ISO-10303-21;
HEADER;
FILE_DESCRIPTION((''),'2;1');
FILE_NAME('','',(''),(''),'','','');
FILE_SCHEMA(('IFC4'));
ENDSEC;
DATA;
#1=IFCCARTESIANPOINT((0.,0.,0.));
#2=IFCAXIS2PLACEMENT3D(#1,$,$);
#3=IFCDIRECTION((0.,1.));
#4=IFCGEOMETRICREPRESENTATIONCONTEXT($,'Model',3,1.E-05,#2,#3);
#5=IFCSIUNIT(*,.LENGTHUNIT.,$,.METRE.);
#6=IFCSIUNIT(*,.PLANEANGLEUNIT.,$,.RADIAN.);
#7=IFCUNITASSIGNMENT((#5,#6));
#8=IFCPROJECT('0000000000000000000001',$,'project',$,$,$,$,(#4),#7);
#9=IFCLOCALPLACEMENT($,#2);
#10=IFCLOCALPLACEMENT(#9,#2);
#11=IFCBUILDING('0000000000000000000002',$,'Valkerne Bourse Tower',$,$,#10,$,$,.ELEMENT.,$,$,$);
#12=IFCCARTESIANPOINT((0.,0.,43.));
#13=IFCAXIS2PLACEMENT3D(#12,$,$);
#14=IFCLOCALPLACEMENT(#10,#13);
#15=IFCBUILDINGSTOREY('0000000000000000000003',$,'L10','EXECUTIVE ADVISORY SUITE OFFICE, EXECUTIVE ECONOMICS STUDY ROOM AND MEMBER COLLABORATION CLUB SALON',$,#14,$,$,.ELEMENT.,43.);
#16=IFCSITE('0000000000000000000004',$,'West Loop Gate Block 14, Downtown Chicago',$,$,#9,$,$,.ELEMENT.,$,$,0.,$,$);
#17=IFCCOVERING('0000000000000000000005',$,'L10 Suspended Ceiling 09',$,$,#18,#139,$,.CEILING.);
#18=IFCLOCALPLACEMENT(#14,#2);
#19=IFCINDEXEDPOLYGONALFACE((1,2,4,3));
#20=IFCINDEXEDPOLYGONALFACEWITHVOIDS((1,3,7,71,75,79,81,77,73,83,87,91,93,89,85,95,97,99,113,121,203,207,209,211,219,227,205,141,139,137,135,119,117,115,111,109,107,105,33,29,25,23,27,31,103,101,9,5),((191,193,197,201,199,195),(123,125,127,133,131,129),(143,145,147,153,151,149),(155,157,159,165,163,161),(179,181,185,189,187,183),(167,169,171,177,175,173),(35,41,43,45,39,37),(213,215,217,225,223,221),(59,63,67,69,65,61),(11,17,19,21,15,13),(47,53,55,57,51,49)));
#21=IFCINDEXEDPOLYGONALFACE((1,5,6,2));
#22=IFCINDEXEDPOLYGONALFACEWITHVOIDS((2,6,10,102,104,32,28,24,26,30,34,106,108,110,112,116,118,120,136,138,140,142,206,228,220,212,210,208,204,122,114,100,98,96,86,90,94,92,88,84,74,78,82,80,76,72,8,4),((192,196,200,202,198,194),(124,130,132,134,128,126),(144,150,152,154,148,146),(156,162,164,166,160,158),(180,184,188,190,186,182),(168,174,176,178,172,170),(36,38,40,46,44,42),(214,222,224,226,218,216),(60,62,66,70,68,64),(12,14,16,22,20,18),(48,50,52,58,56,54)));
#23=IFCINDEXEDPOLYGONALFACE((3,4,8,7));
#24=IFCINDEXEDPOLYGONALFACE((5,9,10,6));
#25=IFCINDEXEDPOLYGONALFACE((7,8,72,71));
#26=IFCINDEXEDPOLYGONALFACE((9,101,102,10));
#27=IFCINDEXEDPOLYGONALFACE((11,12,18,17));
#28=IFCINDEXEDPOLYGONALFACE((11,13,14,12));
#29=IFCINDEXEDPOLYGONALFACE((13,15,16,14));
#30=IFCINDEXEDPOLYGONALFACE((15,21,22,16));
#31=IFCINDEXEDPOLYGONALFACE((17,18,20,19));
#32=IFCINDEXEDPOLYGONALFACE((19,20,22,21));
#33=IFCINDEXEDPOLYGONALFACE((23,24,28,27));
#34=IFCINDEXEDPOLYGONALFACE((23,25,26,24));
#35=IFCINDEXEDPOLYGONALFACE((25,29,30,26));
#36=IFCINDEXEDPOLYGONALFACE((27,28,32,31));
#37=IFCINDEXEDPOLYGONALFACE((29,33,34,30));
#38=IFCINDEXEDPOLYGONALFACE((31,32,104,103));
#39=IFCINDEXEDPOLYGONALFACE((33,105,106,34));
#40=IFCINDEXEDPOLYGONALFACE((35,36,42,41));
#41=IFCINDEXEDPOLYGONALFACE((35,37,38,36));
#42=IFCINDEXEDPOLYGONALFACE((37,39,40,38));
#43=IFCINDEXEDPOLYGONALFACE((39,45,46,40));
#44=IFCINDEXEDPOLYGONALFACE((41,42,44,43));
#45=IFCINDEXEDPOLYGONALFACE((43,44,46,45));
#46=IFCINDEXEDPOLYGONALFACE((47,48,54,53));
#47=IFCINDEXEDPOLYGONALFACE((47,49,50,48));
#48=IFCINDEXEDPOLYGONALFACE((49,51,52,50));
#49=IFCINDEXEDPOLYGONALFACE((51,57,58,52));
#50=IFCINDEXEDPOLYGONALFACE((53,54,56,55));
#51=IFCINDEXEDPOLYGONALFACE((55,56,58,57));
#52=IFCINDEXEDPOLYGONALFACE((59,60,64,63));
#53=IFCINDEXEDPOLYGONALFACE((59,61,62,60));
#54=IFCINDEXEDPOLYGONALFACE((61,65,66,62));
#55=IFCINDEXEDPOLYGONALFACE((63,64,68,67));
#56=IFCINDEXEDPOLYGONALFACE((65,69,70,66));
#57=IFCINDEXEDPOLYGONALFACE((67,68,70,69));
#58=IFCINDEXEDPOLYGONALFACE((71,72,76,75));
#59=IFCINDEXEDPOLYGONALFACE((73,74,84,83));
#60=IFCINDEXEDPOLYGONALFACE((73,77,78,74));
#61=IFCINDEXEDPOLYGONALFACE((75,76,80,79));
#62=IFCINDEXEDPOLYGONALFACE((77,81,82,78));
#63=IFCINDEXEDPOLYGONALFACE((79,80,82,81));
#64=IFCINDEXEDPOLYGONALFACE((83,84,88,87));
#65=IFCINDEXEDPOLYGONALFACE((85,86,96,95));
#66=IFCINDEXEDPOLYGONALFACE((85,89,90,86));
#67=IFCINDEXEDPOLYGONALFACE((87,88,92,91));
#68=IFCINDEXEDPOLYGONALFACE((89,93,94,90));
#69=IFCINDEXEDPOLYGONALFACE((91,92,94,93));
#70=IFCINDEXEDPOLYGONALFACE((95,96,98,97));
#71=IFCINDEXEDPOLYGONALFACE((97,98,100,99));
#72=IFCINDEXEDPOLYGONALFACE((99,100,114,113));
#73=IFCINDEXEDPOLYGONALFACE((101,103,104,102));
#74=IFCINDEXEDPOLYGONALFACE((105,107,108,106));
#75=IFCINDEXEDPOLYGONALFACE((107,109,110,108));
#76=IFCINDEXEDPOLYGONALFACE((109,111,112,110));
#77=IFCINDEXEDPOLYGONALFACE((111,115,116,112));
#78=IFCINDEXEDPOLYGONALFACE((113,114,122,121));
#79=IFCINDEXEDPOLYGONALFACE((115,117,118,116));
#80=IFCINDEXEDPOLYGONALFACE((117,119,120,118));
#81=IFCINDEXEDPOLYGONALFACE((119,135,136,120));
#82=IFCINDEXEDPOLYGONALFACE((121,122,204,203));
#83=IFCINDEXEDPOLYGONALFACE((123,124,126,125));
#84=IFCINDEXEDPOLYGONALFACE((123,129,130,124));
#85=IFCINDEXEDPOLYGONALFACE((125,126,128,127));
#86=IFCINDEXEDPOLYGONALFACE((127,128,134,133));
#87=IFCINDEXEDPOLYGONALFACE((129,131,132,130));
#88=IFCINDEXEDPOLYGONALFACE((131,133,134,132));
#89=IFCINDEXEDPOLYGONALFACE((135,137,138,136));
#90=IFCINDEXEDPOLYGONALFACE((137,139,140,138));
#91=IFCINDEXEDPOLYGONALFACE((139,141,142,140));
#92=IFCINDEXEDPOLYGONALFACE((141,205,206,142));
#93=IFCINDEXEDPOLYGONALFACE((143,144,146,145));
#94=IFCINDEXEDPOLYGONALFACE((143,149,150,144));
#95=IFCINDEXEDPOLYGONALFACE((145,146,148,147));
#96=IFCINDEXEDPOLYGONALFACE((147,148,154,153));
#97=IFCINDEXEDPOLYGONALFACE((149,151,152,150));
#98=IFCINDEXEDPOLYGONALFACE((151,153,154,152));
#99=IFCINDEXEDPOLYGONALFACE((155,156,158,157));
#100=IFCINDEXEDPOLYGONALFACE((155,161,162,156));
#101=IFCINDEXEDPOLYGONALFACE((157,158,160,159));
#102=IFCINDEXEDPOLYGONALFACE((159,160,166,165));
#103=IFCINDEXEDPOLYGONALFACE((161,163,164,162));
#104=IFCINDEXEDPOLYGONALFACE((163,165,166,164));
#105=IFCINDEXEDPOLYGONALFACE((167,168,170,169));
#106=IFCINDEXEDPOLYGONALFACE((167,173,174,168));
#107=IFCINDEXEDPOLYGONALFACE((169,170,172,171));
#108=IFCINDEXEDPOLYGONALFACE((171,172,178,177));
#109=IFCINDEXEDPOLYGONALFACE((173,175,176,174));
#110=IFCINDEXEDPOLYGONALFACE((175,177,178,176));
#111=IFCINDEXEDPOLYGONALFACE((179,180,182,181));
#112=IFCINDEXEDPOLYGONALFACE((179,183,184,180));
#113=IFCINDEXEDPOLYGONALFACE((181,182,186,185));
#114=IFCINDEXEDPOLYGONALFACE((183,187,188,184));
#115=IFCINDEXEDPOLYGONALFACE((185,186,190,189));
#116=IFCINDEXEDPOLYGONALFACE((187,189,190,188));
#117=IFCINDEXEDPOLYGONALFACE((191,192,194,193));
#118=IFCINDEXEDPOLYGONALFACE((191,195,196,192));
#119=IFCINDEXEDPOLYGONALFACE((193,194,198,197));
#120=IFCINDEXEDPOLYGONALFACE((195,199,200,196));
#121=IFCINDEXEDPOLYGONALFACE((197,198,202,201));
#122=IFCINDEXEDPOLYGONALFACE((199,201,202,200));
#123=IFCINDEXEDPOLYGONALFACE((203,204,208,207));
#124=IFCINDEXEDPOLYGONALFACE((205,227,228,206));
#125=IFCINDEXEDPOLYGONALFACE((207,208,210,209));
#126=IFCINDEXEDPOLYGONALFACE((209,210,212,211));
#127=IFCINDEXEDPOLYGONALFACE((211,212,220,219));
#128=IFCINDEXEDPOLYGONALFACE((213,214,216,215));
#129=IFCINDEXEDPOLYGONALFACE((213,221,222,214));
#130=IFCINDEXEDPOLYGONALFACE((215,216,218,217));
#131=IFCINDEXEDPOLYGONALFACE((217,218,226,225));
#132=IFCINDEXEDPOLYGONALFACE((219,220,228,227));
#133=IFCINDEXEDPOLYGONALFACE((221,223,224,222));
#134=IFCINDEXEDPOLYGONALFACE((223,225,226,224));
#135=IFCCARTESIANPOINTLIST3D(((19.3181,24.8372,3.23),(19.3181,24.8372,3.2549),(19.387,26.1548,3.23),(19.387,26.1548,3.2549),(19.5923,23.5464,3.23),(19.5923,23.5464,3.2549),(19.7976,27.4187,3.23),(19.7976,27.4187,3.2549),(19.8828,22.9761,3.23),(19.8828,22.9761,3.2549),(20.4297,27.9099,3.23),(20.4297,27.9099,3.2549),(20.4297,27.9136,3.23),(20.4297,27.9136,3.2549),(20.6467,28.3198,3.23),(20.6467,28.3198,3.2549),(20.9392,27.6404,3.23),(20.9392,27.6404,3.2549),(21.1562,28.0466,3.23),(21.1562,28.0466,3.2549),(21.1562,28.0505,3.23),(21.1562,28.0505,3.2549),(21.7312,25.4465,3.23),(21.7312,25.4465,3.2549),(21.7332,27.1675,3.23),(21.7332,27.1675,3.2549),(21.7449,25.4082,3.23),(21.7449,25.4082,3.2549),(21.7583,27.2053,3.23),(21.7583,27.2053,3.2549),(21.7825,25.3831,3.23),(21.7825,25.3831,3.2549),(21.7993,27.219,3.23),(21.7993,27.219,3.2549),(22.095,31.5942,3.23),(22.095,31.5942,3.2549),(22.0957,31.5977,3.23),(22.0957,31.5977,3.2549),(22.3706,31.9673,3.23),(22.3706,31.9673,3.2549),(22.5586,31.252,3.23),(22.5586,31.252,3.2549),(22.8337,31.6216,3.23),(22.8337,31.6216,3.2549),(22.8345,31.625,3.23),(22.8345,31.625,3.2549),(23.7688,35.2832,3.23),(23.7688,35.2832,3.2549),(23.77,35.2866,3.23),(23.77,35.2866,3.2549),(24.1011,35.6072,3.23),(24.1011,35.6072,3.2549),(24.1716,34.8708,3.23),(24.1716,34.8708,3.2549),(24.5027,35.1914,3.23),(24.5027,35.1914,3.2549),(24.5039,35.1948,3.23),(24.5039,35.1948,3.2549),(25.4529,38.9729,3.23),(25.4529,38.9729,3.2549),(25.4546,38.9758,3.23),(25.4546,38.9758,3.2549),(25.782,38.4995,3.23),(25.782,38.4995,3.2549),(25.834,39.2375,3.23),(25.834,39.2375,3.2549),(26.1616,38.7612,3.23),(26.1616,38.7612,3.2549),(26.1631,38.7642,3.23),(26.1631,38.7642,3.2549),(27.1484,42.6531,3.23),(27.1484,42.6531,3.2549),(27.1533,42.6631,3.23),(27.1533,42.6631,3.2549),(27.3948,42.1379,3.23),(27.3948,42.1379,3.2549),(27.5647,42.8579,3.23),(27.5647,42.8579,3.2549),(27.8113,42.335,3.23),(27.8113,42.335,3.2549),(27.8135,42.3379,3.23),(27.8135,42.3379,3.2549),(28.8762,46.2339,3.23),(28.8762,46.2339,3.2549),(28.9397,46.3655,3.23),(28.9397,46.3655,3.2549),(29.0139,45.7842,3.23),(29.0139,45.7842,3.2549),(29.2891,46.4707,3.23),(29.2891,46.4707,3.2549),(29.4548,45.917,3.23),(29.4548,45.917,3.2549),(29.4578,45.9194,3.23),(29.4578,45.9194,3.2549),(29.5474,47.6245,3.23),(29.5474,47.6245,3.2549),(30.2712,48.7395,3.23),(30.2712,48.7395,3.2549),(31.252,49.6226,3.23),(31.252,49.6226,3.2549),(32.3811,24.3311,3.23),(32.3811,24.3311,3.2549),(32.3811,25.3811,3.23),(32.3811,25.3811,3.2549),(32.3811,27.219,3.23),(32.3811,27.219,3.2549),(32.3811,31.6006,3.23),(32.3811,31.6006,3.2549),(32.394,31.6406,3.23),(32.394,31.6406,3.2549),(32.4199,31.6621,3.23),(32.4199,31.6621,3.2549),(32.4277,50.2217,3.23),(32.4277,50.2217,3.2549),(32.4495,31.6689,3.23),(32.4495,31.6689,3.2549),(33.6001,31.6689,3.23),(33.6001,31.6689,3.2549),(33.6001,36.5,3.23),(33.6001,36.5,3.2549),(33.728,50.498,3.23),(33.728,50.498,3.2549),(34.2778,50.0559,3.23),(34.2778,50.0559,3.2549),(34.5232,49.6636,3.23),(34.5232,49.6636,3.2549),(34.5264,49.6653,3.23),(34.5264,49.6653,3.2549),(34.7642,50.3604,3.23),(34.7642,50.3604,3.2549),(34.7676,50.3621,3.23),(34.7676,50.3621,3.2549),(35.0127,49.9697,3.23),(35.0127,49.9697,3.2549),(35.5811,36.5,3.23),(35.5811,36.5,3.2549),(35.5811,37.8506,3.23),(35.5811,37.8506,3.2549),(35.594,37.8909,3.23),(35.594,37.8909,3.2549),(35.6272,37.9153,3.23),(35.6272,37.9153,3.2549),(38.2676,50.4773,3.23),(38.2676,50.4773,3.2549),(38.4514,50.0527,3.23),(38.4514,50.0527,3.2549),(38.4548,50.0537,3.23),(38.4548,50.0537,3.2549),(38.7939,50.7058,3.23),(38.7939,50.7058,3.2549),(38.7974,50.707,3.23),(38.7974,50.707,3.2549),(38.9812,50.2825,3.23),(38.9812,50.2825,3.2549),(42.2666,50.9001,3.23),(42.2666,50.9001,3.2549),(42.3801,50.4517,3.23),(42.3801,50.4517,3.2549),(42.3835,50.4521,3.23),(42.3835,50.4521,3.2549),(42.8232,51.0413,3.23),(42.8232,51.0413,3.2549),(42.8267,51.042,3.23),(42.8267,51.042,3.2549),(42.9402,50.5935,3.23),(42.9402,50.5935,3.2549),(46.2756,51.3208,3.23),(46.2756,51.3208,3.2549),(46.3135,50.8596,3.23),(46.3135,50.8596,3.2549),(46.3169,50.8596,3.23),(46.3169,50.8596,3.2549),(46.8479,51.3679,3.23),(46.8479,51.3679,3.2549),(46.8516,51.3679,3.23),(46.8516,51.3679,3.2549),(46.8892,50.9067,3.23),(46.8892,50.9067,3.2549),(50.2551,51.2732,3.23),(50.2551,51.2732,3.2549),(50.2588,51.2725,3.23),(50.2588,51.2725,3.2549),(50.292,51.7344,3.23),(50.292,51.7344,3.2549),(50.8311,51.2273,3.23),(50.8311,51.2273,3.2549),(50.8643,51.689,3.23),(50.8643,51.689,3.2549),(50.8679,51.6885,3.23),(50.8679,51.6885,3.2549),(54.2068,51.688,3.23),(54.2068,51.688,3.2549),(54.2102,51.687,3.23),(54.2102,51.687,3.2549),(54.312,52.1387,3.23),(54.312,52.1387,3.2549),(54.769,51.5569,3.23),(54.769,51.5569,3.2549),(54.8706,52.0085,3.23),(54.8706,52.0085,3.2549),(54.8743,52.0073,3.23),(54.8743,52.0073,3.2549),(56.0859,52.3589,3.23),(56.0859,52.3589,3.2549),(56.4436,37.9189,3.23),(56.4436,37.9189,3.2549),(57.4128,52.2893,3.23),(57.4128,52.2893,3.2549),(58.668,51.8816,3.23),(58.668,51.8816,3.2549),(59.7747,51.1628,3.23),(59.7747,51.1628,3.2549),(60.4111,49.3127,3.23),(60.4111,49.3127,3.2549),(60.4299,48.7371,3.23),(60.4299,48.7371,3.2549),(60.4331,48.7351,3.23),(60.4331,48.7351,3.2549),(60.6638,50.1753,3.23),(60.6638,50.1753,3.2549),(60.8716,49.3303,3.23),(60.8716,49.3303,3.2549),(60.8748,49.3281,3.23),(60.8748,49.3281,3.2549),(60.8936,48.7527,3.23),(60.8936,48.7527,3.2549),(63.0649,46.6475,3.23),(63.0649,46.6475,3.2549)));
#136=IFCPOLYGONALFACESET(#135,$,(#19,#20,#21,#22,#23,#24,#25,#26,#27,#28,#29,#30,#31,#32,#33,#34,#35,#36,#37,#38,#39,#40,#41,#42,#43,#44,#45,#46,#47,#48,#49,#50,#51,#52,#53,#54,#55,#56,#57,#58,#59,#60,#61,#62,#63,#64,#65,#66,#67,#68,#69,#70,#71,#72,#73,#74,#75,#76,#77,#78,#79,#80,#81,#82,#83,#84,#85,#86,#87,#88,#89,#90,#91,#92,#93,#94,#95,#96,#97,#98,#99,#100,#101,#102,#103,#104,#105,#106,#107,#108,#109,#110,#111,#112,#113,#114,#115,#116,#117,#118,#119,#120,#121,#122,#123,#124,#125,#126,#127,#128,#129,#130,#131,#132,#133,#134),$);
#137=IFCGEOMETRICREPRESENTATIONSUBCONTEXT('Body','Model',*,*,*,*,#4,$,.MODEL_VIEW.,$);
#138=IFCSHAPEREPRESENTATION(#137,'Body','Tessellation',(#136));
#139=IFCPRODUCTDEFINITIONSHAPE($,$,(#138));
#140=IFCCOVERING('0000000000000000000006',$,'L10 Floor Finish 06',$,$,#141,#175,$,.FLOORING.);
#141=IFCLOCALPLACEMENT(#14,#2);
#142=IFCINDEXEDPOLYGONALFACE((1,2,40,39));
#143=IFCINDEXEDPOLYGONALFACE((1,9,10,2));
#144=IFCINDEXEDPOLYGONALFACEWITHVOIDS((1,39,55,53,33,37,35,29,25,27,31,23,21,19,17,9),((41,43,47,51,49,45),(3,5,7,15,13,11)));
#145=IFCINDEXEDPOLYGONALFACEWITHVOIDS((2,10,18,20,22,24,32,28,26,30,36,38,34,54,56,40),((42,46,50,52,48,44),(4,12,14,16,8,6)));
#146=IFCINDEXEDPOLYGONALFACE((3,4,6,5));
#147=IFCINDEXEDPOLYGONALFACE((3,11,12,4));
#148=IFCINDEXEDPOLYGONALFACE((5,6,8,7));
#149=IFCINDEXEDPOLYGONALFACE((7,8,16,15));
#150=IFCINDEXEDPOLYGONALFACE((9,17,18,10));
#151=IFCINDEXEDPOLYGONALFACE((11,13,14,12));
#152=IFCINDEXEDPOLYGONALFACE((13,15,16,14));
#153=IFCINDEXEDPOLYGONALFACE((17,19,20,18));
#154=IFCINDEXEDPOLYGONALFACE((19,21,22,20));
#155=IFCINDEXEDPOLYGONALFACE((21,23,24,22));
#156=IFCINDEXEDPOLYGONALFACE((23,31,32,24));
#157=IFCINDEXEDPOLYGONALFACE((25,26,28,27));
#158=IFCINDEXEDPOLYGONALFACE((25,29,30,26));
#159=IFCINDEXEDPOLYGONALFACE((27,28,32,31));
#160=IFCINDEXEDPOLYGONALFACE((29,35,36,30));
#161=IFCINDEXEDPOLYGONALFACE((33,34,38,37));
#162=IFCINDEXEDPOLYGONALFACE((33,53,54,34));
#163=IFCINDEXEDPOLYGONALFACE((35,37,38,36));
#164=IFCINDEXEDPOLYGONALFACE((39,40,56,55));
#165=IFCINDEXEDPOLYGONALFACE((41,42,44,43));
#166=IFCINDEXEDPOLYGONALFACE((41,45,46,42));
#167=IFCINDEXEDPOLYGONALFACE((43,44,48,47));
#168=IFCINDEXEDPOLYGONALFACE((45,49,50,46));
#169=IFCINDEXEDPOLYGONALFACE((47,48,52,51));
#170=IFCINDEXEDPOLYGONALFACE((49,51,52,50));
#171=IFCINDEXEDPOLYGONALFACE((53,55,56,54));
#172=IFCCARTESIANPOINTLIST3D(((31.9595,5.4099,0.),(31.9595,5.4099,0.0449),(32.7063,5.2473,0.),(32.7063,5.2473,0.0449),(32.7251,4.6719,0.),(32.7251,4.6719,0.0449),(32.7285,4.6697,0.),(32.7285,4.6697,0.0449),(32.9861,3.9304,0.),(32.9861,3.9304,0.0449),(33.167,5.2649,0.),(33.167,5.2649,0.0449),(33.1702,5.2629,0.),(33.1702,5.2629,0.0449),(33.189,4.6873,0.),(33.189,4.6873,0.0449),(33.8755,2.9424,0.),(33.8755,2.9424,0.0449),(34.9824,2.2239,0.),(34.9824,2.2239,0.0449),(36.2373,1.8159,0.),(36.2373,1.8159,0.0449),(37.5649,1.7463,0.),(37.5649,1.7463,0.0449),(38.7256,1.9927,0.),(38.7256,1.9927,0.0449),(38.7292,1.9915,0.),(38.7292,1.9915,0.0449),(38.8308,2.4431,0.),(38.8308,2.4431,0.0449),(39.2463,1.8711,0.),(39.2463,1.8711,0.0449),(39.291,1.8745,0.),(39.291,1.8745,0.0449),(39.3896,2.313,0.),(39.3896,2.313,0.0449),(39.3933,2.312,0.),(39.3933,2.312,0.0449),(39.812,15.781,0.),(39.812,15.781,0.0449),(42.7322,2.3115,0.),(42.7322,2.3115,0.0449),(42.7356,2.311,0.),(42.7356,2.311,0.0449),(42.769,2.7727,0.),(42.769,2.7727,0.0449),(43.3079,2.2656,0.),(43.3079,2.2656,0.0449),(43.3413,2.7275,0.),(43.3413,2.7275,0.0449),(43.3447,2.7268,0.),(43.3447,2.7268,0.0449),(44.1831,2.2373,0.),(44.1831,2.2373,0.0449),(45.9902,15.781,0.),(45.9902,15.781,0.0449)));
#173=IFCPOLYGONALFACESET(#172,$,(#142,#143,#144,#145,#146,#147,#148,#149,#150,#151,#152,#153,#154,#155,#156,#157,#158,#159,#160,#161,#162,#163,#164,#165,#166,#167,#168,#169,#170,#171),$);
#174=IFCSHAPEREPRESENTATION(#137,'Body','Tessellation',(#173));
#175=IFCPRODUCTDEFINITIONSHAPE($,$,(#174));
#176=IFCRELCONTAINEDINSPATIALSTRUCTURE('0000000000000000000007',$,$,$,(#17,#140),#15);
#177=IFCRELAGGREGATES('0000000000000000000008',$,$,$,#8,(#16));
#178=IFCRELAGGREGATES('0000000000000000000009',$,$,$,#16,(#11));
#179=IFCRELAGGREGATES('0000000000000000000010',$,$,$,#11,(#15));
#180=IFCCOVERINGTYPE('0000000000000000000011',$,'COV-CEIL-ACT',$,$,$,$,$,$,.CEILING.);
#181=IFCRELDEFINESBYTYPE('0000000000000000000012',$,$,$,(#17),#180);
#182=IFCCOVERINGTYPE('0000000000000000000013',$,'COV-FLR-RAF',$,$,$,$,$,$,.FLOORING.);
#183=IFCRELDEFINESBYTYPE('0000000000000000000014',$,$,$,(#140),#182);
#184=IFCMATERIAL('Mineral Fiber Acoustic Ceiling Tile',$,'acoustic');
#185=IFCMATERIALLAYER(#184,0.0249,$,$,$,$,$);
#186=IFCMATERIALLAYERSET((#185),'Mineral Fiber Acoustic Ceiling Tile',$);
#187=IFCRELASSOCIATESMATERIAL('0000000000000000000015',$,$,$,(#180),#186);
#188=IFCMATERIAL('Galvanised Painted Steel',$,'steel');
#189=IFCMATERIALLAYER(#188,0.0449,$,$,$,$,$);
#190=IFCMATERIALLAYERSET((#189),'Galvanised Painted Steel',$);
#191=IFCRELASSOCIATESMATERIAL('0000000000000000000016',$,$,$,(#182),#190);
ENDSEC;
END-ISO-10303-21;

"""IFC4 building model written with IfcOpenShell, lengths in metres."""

from ifc_helpers import new_model, si_unit, direction, frame, origin, place, context, subcontext, project, spatial, polyline, outline, extrude, material, layer, layer_set, type_object, element, save


model = new_model("IFC4")

# Units and contexts
model_context = context("Model", 3, precision=1e-05, world=origin(), true_north=direction((0.0, 1.0)))
body_context = subcontext(model_context, "Body", "Model", "MODEL_VIEW")
ifc_project = project(units=[si_unit("LENGTHUNIT", "METRE"), si_unit("PLANEANGLEUNIT", "RADIAN")], contexts=[model_context])

# Site, building, storey
site_placement = place(None, origin())
site = spatial("IfcSite", under=ifc_project, at=site_placement, Name="West Loop Gate Block 14, Downtown Chicago", CompositionType="ELEMENT", RefElevation=0.0)
building_placement = place(site_placement, origin())
building = spatial("IfcBuilding", under=site, at=building_placement, Name="Valkerne Bourse Tower", CompositionType="ELEMENT")
storey_placement = place(building_placement, frame((0.0, 0.0, 43.0)))
storey = spatial("IfcBuildingStorey", under=building, at=storey_placement, Name="L10", Description="EXECUTIVE ADVISORY SUITE OFFICE, EXECUTIVE ECONOMICS STUDY ROOM AND MEMBER COLLABORATION CLUB SALON", CompositionType="ELEMENT", Elevation=43.0)

# Coverings
ifc_material_1 = material(Name="Mineral Fiber Acoustic Ceiling Tile", Category="acoustic")
ifc_layer_1 = layer(ifc_material_1, 0.0249)
ifc_layer_set_1 = layer_set([ifc_layer_1], Name="Mineral Fiber Acoustic Ceiling Tile")
covering_type_1 = type_object("IfcCoveringType", Name="COV-CEIL-ACT", PredefinedType="CEILING", material=ifc_layer_set_1)
covering_1_placement = place(storey_placement, frame((0.0, 0.0, 3.23)))
element("IfcCovering", 1, at=covering_1_placement, inside=storey, type_object=covering_type_1, Name="L10 Suspended Ceiling 09", PredefinedType="CEILING", context=body_context, shape_type="SweptSolid", body=[
    extrude(outline(polyline([(19.387, 26.1548), (19.7976, 27.4187), (27.1484, 42.6531), (27.3948, 42.1379), (27.8113, 42.335), (27.8135, 42.3379), (27.5647, 42.8579), (27.1533, 42.6631), (28.8762, 46.2339), (29.0139, 45.7842), (29.4548, 45.917), (29.4578, 45.9194), (29.2891, 46.4707), (28.9397, 46.3655), (29.5474, 47.6245), (30.2712, 48.7395), (31.252, 49.6226), (32.4277, 50.2217), (33.728, 50.498), (56.0859, 52.3589), (57.4128, 52.2893), (58.668, 51.8816), (59.7747, 51.1628), (60.6638, 50.1753), (63.0649, 46.6475), (56.4436, 37.9189), (35.6272, 37.9153), (35.594, 37.8909), (35.5811, 37.8506), (35.5811, 36.5), (33.6001, 36.5), (33.6001, 31.6689), (32.4495, 31.6689), (32.4199, 31.6621), (32.394, 31.6406), (32.3811, 31.6006), (32.3811, 27.219), (21.7993, 27.219), (21.7583, 27.2053), (21.7332, 27.1675), (21.7312, 25.4465), (21.7449, 25.4082), (21.7825, 25.3831), (32.3811, 25.3811), (32.3811, 24.3311), (19.8828, 22.9761), (19.5923, 23.5464), (19.3181, 24.8372), (19.387, 26.1548)]), holes=[polyline([(21.1562, 28.0505), (20.6467, 28.3198), (20.4297, 27.9136), (20.4297, 27.9099), (20.9392, 27.6404), (21.1562, 28.0466), (21.1562, 28.0505)]), polyline([(22.8337, 31.6216), (22.8345, 31.625), (22.3706, 31.9673), (22.0957, 31.5977), (22.095, 31.5942), (22.5586, 31.252), (22.8337, 31.6216)]), polyline([(24.5039, 35.1948), (24.1011, 35.6072), (23.77, 35.2866), (23.7688, 35.2832), (24.1716, 34.8708), (24.5027, 35.1914), (24.5039, 35.1948)]), polyline([(26.1616, 38.7612), (26.1631, 38.7642), (25.834, 39.2375), (25.4546, 38.9758), (25.4529, 38.9729), (25.782, 38.4995), (26.1616, 38.7612)]), polyline([(34.5264, 49.6653), (35.0127, 49.9697), (34.7676, 50.3621), (34.7642, 50.3604), (34.2778, 50.0559), (34.5232, 49.6636), (34.5264, 49.6653)]), polyline([(38.4548, 50.0537), (38.9812, 50.2825), (38.7974, 50.707), (38.7939, 50.7058), (38.2676, 50.4773), (38.4514, 50.0527), (38.4548, 50.0537)]), polyline([(42.3835, 50.4521), (42.9402, 50.5935), (42.8267, 51.042), (42.8232, 51.0413), (42.2666, 50.9001), (42.3801, 50.4517), (42.3835, 50.4521)]), polyline([(46.8892, 50.9067), (46.8516, 51.3679), (46.8479, 51.3679), (46.2756, 51.3208), (46.3135, 50.8596), (46.3169, 50.8596), (46.8892, 50.9067)]), polyline([(50.8679, 51.6885), (50.8643, 51.689), (50.292, 51.7344), (50.2551, 51.2732), (50.2588, 51.2725), (50.8311, 51.2273), (50.8679, 51.6885)]), polyline([(54.8743, 52.0073), (54.8706, 52.0085), (54.312, 52.1387), (54.2068, 51.688), (54.2102, 51.687), (54.769, 51.5569), (54.8743, 52.0073)]), polyline([(60.8936, 48.7527), (60.8748, 49.3281), (60.8716, 49.3303), (60.4111, 49.3127), (60.4299, 48.7371), (60.4331, 48.7351), (60.8936, 48.7527)])]), origin(), (0.0, 0.0, 1.0), 0.0249),
])
ifc_material_2 = material(Name="Galvanised Painted Steel", Category="steel")
ifc_layer_2 = layer(ifc_material_2, 0.0449)
ifc_layer_set_2 = layer_set([ifc_layer_2], Name="Galvanised Painted Steel")
covering_type_2 = type_object("IfcCoveringType", Name="COV-FLR-RAF", PredefinedType="FLOORING", material=ifc_layer_set_2)
covering_2_placement = place(storey_placement, origin())
element("IfcCovering", 2, at=covering_2_placement, inside=storey, type_object=covering_type_2, Name="L10 Floor Finish 06", PredefinedType="FLOORING", context=body_context, shape_type="SweptSolid", body=[
    extrude(outline(polyline([(34.9824, 2.2239), (33.8755, 2.9424), (32.9861, 3.9304), (31.9595, 5.4099), (39.812, 15.781), (45.9902, 15.781), (44.1831, 2.2373), (39.291, 1.8745), (39.3933, 2.312), (39.3896, 2.313), (38.8308, 2.4431), (38.7256, 1.9927), (38.7292, 1.9915), (39.2463, 1.8711), (37.5649, 1.7463), (36.2373, 1.8159), (34.9824, 2.2239)]), holes=[polyline([(33.1702, 5.2629), (33.167, 5.2649), (32.7063, 5.2473), (32.7251, 4.6719), (32.7285, 4.6697), (33.189, 4.6873), (33.1702, 5.2629)]), polyline([(43.3413, 2.7275), (42.769, 2.7727), (42.7322, 2.3115), (42.7356, 2.311), (43.3079, 2.2656), (43.3447, 2.7268), (43.3413, 2.7275)])]), origin(), (0.0, 0.0, 1.0), 0.0449),
])

save(model, "model.ifc")
